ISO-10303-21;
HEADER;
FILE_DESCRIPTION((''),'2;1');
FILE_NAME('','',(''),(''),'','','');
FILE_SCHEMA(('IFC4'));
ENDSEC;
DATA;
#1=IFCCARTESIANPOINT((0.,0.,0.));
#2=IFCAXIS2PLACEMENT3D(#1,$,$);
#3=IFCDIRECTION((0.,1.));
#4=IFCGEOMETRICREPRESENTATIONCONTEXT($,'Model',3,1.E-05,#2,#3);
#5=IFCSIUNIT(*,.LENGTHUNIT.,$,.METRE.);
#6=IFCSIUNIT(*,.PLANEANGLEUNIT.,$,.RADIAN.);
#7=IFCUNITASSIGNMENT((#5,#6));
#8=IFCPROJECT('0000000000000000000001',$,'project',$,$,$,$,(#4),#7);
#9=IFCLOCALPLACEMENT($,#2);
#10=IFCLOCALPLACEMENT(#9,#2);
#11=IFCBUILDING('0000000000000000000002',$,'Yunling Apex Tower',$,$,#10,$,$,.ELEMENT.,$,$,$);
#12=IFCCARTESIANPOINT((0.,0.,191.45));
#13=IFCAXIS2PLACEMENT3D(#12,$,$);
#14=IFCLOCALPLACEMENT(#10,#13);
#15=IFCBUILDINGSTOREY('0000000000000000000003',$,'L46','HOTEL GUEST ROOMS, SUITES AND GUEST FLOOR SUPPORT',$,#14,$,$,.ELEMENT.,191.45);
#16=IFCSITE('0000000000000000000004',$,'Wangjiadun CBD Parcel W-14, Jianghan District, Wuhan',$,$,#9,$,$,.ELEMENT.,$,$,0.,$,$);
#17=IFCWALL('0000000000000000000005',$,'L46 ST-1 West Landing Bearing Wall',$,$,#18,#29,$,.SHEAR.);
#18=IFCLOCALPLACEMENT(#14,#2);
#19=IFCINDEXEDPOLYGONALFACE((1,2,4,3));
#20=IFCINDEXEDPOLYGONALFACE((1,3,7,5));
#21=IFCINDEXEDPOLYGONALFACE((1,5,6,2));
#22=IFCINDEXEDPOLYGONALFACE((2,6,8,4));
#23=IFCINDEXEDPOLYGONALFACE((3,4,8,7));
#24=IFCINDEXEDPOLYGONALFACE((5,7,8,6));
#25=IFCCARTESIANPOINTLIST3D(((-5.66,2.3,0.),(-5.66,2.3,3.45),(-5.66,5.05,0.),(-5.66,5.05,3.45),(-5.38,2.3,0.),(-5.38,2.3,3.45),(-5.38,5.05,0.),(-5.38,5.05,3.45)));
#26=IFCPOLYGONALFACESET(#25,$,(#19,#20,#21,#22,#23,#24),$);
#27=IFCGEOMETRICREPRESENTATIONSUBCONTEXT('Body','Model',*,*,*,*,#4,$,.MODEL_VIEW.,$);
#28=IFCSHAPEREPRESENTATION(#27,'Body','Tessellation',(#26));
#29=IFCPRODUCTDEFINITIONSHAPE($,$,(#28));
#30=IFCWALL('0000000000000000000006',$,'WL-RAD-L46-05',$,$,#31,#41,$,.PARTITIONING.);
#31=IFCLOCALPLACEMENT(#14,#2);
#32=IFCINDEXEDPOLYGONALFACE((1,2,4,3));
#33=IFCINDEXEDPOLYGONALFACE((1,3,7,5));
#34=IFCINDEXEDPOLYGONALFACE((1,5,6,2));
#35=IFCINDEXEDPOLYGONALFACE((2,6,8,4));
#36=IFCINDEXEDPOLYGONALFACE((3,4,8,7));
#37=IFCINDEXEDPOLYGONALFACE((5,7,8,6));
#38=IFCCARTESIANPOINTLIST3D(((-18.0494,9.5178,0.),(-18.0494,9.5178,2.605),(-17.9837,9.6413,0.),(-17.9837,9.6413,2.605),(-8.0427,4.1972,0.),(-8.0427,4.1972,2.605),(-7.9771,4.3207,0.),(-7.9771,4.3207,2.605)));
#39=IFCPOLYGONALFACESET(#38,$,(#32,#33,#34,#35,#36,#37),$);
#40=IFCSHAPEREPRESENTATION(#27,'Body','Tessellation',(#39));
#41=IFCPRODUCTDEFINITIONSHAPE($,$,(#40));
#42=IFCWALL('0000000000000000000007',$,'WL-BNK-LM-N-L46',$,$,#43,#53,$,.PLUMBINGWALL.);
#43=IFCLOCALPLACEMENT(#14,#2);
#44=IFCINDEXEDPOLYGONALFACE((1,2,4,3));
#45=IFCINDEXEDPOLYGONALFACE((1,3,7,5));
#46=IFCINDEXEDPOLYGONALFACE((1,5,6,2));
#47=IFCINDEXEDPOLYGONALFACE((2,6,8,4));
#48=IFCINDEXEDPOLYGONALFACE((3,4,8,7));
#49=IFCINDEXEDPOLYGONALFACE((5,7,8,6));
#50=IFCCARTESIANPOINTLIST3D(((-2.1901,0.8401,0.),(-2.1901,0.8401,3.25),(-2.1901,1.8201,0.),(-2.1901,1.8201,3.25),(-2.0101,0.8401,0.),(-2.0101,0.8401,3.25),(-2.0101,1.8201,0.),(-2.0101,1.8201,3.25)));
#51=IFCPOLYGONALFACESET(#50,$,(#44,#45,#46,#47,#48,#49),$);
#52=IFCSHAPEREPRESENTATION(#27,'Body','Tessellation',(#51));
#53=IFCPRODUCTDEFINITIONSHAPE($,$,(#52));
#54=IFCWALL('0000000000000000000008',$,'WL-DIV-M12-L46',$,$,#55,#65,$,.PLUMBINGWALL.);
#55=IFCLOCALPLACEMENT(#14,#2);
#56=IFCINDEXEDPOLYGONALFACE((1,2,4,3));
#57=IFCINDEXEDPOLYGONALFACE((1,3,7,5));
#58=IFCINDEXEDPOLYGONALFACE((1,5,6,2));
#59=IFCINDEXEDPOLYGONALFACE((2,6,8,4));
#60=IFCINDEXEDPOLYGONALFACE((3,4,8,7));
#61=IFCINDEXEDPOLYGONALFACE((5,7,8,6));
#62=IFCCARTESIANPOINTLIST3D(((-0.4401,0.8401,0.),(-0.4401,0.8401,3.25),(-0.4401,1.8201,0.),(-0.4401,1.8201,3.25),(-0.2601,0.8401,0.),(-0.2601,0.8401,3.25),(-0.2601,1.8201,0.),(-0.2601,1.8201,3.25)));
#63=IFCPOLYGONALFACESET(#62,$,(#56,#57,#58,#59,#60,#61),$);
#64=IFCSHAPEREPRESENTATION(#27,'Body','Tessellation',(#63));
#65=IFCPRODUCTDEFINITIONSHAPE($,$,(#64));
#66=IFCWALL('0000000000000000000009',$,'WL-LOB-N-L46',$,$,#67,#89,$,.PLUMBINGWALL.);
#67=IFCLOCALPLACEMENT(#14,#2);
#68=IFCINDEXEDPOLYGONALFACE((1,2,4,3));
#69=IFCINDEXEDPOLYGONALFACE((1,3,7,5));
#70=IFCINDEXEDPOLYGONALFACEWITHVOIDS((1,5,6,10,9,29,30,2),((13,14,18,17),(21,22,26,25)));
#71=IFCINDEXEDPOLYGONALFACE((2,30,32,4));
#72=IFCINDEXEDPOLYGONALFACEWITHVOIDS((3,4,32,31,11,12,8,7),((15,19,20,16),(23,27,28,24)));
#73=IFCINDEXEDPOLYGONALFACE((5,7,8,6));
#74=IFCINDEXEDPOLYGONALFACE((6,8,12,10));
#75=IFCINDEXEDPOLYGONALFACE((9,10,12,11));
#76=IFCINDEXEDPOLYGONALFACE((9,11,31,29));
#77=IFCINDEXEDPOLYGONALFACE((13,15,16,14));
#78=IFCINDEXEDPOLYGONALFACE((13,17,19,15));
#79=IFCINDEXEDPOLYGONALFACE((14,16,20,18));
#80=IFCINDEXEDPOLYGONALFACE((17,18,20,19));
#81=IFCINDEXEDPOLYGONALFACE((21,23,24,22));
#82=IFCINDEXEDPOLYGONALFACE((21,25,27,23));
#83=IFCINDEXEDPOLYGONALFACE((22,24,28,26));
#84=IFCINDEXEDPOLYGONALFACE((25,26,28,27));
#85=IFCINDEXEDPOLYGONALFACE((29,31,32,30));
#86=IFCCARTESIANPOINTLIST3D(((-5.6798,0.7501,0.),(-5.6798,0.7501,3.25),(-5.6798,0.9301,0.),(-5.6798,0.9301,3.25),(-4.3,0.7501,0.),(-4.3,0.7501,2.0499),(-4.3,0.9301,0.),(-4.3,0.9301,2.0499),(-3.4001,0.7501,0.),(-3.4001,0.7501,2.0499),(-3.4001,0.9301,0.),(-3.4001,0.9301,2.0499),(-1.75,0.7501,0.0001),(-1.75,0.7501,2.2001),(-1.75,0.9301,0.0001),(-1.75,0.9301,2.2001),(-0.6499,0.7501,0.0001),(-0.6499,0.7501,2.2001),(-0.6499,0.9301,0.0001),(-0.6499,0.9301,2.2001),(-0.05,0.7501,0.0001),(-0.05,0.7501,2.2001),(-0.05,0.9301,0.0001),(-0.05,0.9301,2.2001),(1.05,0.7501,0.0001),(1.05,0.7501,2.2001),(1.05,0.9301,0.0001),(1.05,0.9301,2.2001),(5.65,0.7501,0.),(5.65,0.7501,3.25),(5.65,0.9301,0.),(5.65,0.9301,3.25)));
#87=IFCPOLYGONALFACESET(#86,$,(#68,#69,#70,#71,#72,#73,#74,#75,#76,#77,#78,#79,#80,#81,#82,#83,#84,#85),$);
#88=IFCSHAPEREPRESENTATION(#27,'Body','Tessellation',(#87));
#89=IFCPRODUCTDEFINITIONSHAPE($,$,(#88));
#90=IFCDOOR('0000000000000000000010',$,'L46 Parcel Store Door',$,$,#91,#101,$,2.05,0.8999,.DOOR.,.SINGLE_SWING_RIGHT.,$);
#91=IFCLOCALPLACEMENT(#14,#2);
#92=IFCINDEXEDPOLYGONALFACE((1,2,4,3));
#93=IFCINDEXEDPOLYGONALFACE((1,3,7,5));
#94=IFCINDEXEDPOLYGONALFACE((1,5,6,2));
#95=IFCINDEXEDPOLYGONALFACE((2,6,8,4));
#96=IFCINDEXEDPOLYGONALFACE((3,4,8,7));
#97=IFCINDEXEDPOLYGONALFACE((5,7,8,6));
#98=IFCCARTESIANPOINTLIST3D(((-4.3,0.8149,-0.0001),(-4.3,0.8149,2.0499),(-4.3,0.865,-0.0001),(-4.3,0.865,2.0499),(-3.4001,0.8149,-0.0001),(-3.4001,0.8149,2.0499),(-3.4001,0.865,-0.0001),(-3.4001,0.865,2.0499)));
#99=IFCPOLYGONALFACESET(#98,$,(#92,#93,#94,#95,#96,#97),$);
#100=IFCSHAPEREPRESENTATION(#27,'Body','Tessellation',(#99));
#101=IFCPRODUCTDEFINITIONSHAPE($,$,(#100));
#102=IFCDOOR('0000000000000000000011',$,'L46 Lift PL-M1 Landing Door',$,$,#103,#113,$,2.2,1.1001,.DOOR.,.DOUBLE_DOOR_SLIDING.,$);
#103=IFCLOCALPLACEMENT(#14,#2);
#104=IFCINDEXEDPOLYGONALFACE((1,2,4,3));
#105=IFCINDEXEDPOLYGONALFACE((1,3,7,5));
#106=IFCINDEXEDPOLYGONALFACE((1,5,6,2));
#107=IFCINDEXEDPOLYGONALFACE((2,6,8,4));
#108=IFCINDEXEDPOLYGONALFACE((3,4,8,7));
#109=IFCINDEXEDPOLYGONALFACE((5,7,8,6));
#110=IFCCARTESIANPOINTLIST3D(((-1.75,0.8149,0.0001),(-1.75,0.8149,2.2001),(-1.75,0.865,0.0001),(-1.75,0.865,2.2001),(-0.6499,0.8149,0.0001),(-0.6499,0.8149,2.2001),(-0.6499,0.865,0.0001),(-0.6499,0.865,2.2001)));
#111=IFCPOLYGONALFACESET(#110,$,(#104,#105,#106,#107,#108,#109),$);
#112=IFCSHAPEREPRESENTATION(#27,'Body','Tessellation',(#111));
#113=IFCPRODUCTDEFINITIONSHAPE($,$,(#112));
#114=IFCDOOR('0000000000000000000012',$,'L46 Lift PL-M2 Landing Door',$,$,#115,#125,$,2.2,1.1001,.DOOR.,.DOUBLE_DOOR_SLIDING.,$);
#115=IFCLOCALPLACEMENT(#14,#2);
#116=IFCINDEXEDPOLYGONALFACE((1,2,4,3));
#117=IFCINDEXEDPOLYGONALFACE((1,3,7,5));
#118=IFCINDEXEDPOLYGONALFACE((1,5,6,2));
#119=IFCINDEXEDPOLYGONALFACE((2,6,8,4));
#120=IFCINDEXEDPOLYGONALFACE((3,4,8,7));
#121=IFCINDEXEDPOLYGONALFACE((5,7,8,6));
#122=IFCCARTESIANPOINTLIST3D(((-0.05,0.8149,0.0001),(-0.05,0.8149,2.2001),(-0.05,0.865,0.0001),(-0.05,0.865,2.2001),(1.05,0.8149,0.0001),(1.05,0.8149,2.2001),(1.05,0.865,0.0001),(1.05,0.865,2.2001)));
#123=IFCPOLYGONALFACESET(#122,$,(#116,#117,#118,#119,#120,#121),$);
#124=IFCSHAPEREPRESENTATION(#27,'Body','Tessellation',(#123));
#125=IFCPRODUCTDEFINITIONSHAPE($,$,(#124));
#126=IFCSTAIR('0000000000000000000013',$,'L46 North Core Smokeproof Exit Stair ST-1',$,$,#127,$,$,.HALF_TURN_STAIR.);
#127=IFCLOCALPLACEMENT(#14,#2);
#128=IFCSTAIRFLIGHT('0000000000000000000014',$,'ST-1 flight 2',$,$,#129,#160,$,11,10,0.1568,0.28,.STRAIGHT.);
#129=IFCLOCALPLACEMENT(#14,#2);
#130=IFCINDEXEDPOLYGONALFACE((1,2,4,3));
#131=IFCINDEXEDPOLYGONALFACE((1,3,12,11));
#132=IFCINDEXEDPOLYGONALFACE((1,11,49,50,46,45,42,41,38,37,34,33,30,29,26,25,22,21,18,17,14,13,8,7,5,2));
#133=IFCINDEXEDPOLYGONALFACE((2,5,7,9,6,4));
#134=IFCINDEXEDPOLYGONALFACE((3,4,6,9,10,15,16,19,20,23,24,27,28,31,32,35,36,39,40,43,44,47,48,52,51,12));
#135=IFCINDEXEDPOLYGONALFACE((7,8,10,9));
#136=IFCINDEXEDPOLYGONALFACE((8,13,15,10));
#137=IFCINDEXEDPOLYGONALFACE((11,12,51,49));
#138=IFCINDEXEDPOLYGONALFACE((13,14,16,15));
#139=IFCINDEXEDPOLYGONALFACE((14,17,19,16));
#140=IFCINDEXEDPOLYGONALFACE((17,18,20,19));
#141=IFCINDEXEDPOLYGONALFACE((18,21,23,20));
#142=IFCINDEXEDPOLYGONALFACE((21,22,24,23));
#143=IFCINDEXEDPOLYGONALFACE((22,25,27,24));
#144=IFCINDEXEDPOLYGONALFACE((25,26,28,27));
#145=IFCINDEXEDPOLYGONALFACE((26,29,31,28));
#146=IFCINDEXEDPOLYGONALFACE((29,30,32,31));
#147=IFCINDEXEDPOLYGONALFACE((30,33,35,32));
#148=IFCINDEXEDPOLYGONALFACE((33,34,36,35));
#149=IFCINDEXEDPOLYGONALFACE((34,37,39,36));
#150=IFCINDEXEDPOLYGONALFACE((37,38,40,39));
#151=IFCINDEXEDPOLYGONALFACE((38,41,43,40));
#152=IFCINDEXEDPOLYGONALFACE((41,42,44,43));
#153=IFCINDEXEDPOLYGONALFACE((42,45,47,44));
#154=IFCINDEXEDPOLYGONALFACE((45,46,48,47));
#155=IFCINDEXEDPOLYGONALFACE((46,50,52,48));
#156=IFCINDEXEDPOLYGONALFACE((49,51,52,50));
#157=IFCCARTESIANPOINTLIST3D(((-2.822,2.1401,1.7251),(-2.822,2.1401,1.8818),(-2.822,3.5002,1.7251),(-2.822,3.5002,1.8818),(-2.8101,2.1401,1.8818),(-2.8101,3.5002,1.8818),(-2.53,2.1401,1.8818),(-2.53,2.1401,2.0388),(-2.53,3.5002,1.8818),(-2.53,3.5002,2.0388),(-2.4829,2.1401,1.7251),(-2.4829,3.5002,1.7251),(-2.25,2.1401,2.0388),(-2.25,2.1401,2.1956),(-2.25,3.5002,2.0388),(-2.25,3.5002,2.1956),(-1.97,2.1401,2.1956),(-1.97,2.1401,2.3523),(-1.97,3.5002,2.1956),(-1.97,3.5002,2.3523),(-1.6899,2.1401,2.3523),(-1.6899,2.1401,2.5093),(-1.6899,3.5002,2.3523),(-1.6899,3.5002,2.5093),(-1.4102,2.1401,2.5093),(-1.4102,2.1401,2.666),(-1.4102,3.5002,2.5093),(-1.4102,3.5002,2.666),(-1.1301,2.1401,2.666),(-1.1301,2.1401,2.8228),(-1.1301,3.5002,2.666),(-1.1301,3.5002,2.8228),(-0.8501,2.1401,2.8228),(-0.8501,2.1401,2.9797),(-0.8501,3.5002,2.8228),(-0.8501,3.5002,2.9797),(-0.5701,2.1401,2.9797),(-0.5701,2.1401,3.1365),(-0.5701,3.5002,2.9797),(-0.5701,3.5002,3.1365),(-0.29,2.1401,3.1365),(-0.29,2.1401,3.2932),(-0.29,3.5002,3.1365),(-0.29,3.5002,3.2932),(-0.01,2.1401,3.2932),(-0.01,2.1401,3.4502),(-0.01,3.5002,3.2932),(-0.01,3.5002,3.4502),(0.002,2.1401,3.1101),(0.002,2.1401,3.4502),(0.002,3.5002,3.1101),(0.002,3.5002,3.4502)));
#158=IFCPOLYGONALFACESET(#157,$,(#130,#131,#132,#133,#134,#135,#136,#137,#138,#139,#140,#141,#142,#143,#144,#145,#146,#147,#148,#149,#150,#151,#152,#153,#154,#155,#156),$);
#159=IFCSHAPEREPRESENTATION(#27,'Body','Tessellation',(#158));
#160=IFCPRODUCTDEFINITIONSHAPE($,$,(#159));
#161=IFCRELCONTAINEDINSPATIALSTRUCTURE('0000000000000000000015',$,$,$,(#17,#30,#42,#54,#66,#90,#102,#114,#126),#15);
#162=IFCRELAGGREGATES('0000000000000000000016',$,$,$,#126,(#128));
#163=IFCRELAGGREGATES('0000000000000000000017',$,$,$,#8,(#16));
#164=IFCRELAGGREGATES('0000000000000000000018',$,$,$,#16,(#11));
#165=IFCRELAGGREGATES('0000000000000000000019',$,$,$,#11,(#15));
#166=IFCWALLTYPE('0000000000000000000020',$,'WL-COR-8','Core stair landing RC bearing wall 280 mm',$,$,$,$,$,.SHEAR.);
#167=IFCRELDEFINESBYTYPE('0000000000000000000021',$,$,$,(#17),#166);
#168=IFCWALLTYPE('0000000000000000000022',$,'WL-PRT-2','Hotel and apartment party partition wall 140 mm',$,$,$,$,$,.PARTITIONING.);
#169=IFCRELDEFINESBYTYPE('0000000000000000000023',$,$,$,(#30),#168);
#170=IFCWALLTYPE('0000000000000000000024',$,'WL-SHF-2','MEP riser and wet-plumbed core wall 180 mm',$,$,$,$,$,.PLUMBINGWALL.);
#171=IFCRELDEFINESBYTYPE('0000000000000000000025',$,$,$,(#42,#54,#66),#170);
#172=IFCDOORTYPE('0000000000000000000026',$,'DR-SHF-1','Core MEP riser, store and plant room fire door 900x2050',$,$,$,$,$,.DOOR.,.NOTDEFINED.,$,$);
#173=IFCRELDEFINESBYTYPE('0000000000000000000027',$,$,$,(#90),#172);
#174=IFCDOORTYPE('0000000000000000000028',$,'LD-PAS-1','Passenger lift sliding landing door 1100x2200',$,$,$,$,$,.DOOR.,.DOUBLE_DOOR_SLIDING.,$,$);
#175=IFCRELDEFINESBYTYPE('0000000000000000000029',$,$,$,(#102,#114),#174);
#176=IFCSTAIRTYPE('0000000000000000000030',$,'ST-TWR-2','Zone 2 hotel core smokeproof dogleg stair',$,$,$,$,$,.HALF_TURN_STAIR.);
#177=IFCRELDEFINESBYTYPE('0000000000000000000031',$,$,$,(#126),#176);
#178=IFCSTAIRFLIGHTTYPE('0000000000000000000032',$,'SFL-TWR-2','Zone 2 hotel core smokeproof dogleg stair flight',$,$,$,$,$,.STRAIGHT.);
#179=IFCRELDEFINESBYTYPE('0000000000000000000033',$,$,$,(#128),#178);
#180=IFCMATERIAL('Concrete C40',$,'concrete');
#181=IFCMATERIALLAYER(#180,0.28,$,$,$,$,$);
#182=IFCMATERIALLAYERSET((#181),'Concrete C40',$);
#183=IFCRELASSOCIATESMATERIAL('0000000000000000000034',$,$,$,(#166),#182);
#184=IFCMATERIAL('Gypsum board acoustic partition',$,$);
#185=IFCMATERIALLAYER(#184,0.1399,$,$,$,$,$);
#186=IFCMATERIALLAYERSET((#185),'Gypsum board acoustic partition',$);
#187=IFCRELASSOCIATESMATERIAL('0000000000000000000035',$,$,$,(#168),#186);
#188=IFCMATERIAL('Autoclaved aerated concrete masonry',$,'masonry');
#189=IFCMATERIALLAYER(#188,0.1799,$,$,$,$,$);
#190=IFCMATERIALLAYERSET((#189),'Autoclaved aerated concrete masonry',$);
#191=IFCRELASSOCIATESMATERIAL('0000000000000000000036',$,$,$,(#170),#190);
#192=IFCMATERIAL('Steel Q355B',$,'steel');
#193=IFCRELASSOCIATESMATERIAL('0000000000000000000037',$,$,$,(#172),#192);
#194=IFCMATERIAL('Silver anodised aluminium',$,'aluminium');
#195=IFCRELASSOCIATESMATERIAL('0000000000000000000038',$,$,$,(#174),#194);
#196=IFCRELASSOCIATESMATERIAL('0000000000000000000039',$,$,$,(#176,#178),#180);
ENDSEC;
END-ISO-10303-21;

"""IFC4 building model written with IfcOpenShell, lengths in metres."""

from ifc_helpers import new_model, si_unit, direction, frame, frame_2d, origin, place, context, subcontext, project, spatial, polyline, rectangle, outline, extrude, material, layer, layer_set, type_object, element, fill, aggregate, save


model = new_model("IFC4")

# Units and contexts
model_context = context("Model", 3, precision=1e-05, world=origin(), true_north=direction((0.0, 1.0)))
body_context = subcontext(model_context, "Body", "Model", "MODEL_VIEW")
ifc_project = project(units=[si_unit("LENGTHUNIT", "METRE"), si_unit("PLANEANGLEUNIT", "RADIAN")], contexts=[model_context])

# Site, building, storey
site_placement = place(None, origin())
site = spatial("IfcSite", under=ifc_project, at=site_placement, Name="Wangjiadun CBD Parcel W-14, Jianghan District, Wuhan", CompositionType="ELEMENT", RefElevation=0.0)
building_placement = place(site_placement, origin())
building = spatial("IfcBuilding", under=site, at=building_placement, Name="Yunling Apex Tower", CompositionType="ELEMENT")
storey_placement = place(building_placement, frame((0.0, 0.0, 191.45)))
storey = spatial("IfcBuildingStorey", under=building, at=storey_placement, Name="L46", Description="HOTEL GUEST ROOMS, SUITES AND GUEST FLOOR SUPPORT", CompositionType="ELEMENT", Elevation=191.45)

# Shared definitions
ifc_material_1 = material(Name="Steel Q355B", Category="steel")

# Walls
ifc_material_2 = material(Name="Concrete C40", Category="concrete")
ifc_layer_1 = layer(ifc_material_2, 0.28)
ifc_layer_set_1 = layer_set([ifc_layer_1], Name="Concrete C40")
wall_type_1 = type_object("IfcWallType", Name="WL-COR-8", Description="Core stair landing RC bearing wall 280 mm", PredefinedType="SHEAR", material=ifc_layer_set_1)
wall_1_placement = place(storey_placement, frame((-5.52, 2.3, 0.0), z_axis=(0.0, 0.0, 1.0), x_axis=(0.0, 1.0, 0.0)))
element("IfcWall", 1, at=wall_1_placement, inside=storey, type_object=wall_type_1, Name="L46 ST-1 West Landing Bearing Wall", PredefinedType="SHEAR", context=body_context, shape_type="SweptSolid", body=[
    extrude(rectangle(XDim=2.75, YDim=0.28, at=frame_2d((1.375, 0.0))), origin(), (0.0, 0.0, 1.0), 3.45),
])
ifc_material_3 = material(Name="Gypsum board acoustic partition")
ifc_layer_2 = layer(ifc_material_3, 0.1399)
ifc_layer_set_2 = layer_set([ifc_layer_2], Name="Gypsum board acoustic partition")
wall_type_2 = type_object("IfcWallType", Name="WL-PRT-2", Description="Hotel and apartment party partition wall 140 mm", PredefinedType="PARTITIONING", material=ifc_layer_set_2)
wall_2_placement = place(storey_placement, frame((-8.01, 4.259, 0.0), z_axis=(0.0, 0.0, 1.0), x_axis=(-0.882949, 0.469469, 0.0)))
element("IfcWall", 2, at=wall_2_placement, inside=storey, type_object=wall_type_2, Name="WL-RAD-L46-05", PredefinedType="PARTITIONING", context=body_context, shape_type="SweptSolid", body=[
    extrude(rectangle(XDim=11.3333, YDim=0.1399, at=frame_2d((5.6665, 0.0))), origin(), (0.0, 0.0, 1.0), 2.605),
])
ifc_material_4 = material(Name="Autoclaved aerated concrete masonry", Category="masonry")
ifc_layer_3 = layer(ifc_material_4, 0.1799)
ifc_layer_set_3 = layer_set([ifc_layer_3], Name="Autoclaved aerated concrete masonry")
wall_type_3 = type_object("IfcWallType", Name="WL-SHF-2", Description="MEP riser and wet-plumbed core wall 180 mm", PredefinedType="PLUMBINGWALL", material=ifc_layer_set_3)
for number, where, z_axis, x_axis, name in (
    (3, (-2.1001, 0.8401, 0.0), (0.0, 0.0, 1.0), (0.0, 1.0, 0.0), "WL-BNK-LM-N-L46"),
    (4, (-0.3501, 0.8401, 0.0), (0.0, 0.0, 1.0), (0.0, 1.0, 0.0), "WL-DIV-M12-L46"),
):
    element("IfcWall", number, at=place(storey_placement, frame(where, z_axis=z_axis, x_axis=x_axis)), inside=storey, type_object=wall_type_3, Name=name, PredefinedType="PLUMBINGWALL", context=body_context, shape_type="SweptSolid", body=[
        extrude(rectangle(XDim=0.98, YDim=0.1799, at=frame_2d((0.49, 0.0))), origin(), (0.0, 0.0, 1.0), 3.25),
    ])

# Wall, openings, doors
wall_3_placement = place(storey_placement, frame((-5.6799, 0.8401, 0.0), z_axis=(0.0, 0.0, 1.0), x_axis=(1.0, 0.0, 0.0)))
wall_3 = element("IfcWall", 5, at=wall_3_placement, inside=storey, type_object=wall_type_3, Name="WL-LOB-N-L46", PredefinedType="PLUMBINGWALL", context=body_context, shape_type="SweptSolid", body=[
    extrude(rectangle(XDim=11.3298, YDim=0.1799, at=frame_2d((5.665, 0.0))), origin(), (0.0, 0.0, 1.0), 3.25),
])
opening_1_placement = place(wall_3_placement, frame((1.3799, 0.0, 0.0)))
opening_1 = element("IfcOpeningElement", 6, at=opening_1_placement, cuts=wall_3, PredefinedType="OPENING", context=body_context, shape_type="SweptSolid", body=[
    extrude(rectangle(XDim=0.8999, YDim=2.05, at=frame_2d((0.45, 1.0249))), frame((0.0, 0.1001, 0.0), z_axis=(0.0, -1.0, 0.0), x_axis=(1.0, 0.0, 0.0)), (0.0, 0.0, 1.0), 0.2),
])
opening_2_placement = place(wall_3_placement, frame((3.9299, 0.0, 0.0)))
opening_2 = element("IfcOpeningElement", 7, at=opening_2_placement, cuts=wall_3, PredefinedType="OPENING", context=body_context, shape_type="SweptSolid", body=[
    extrude(rectangle(XDim=1.1001, YDim=2.2, at=frame_2d((0.55, 1.1001))), frame((0.0, 0.1001, 0.0), z_axis=(0.0, -1.0, 0.0), x_axis=(1.0, 0.0, 0.0)), (0.0, 0.0, 1.0), 0.2),
])
opening_3_placement = place(wall_3_placement, frame((5.6299, 0.0, 0.0)))
opening_3 = element("IfcOpeningElement", 8, at=opening_3_placement, cuts=wall_3, PredefinedType="OPENING", context=body_context, shape_type="SweptSolid", body=[
    extrude(rectangle(XDim=1.1001, YDim=2.2, at=frame_2d((0.55, 1.1001))), frame((0.0, 0.1001, 0.0), z_axis=(0.0, -1.0, 0.0), x_axis=(1.0, 0.0, 0.0)), (0.0, 0.0, 1.0), 0.2),
])
door_type_1 = type_object("IfcDoorType", Name="DR-SHF-1", Description="Core MEP riser, store and plant room fire door 900x2050", OperationType="NOTDEFINED", PredefinedType="DOOR", material=ifc_material_1)
door_1_placement = place(opening_1_placement, origin())
door_1 = element("IfcDoor", 9, at=door_1_placement, inside=storey, type_object=door_type_1, Name="L46 Parcel Store Door", OperationType="SINGLE_SWING_RIGHT", OverallHeight=2.05, OverallWidth=0.8999, PredefinedType="DOOR", context=body_context, shape_type="SweptSolid", body=[
    extrude(rectangle(XDim=0.8999, YDim=2.05, at=frame_2d((0.45, 1.0249))), frame((0.0, 0.0249, 0.0), z_axis=(0.0, -1.0, 0.0), x_axis=(1.0, 0.0, 0.0)), (0.0, 0.0, 1.0), 0.05),
])
fill(opening_1, door_1)
ifc_material_5 = material(Name="Silver anodised aluminium", Category="aluminium")
door_type_2 = type_object("IfcDoorType", Name="LD-PAS-1", Description="Passenger lift sliding landing door 1100x2200", OperationType="DOUBLE_DOOR_SLIDING", PredefinedType="DOOR", material=ifc_material_5)
door_2_placement = place(opening_2_placement, origin())
door_2 = element("IfcDoor", 10, at=door_2_placement, inside=storey, type_object=door_type_2, Name="L46 Lift PL-M1 Landing Door", OperationType="DOUBLE_DOOR_SLIDING", OverallHeight=2.2, OverallWidth=1.1001, PredefinedType="DOOR", context=body_context, shape_type="SweptSolid", body=[
    extrude(rectangle(XDim=1.1001, YDim=2.2, at=frame_2d((0.55, 1.1001))), frame((0.0, 0.0249, 0.0), z_axis=(0.0, -1.0, 0.0), x_axis=(1.0, 0.0, 0.0)), (0.0, 0.0, 1.0), 0.05),
])
fill(opening_2, door_2)
door_3_placement = place(opening_3_placement, origin())
door_3 = element("IfcDoor", 11, at=door_3_placement, inside=storey, type_object=door_type_2, Name="L46 Lift PL-M2 Landing Door", OperationType="DOUBLE_DOOR_SLIDING", OverallHeight=2.2, OverallWidth=1.1001, PredefinedType="DOOR", context=body_context, shape_type="SweptSolid", body=[
    extrude(rectangle(XDim=1.1001, YDim=2.2, at=frame_2d((0.55, 1.1001))), frame((0.0, 0.0249, 0.0), z_axis=(0.0, -1.0, 0.0), x_axis=(1.0, 0.0, 0.0)), (0.0, 0.0, 1.0), 0.05),
])
fill(opening_3, door_3)

# Stair, stair flight
stair_type = type_object("IfcStairType", Name="ST-TWR-2", Description="Zone 2 hotel core smokeproof dogleg stair", PredefinedType="HALF_TURN_STAIR", material=ifc_material_2)
stair_placement = place(storey_placement, origin())
stair = element("IfcStair", 12, at=stair_placement, inside=storey, type_object=stair_type, Name="L46 North Core Smokeproof Exit Stair ST-1", PredefinedType="HALF_TURN_STAIR")
stair_flight_type = type_object("IfcStairFlightType", Name="SFL-TWR-2", Description="Zone 2 hotel core smokeproof dogleg stair flight", PredefinedType="STRAIGHT", material=ifc_material_2)
stair_flight_placement = place(storey_placement, frame((-2.8101, 2.8201, 1.7251), z_axis=(0.0, 0.0, 1.0), x_axis=(1.0, 0.0, 0.0)))
stair_flight = element("IfcStairFlight", 13, at=stair_flight_placement, type_object=stair_flight_type, Name="ST-1 flight 2", NumberOfRisers=11, NumberOfTreads=10, PredefinedType="STRAIGHT", RiserHeight=0.1568, TreadLength=0.28, context=body_context, shape_type="SweptSolid", body=[
    extrude(outline(polyline([(-0.012, 0.0), (-0.012, 0.1567), (0.0, 0.1567), (0.28, 0.1567), (0.28, 0.3137), (0.5601, 0.3137), (0.5601, 0.4705), (0.8401, 0.4705), (0.8401, 0.6272), (1.1201, 0.6272), (1.1201, 0.7842), (1.3999, 0.7842), (1.3999, 0.9409), (1.6799, 0.9409), (1.6799, 1.0977), (1.96, 1.0977), (1.96, 1.2546), (2.24, 1.2546), (2.24, 1.4114), (2.52, 1.4114), (2.52, 1.5681), (2.8, 1.5681), (2.8, 1.7251), (2.812, 1.7251), (2.812, 1.385), (0.3271, 0.0), (-0.012, 0.0)])), frame((0.0, 0.6802, 0.0), z_axis=(0.0, -1.0, 0.0), x_axis=(1.0, 0.0, 0.0)), (0.0, 0.0, 1.0), 1.3601),
])
aggregate(stair, [stair_flight])

save(model, "model.ifc")
